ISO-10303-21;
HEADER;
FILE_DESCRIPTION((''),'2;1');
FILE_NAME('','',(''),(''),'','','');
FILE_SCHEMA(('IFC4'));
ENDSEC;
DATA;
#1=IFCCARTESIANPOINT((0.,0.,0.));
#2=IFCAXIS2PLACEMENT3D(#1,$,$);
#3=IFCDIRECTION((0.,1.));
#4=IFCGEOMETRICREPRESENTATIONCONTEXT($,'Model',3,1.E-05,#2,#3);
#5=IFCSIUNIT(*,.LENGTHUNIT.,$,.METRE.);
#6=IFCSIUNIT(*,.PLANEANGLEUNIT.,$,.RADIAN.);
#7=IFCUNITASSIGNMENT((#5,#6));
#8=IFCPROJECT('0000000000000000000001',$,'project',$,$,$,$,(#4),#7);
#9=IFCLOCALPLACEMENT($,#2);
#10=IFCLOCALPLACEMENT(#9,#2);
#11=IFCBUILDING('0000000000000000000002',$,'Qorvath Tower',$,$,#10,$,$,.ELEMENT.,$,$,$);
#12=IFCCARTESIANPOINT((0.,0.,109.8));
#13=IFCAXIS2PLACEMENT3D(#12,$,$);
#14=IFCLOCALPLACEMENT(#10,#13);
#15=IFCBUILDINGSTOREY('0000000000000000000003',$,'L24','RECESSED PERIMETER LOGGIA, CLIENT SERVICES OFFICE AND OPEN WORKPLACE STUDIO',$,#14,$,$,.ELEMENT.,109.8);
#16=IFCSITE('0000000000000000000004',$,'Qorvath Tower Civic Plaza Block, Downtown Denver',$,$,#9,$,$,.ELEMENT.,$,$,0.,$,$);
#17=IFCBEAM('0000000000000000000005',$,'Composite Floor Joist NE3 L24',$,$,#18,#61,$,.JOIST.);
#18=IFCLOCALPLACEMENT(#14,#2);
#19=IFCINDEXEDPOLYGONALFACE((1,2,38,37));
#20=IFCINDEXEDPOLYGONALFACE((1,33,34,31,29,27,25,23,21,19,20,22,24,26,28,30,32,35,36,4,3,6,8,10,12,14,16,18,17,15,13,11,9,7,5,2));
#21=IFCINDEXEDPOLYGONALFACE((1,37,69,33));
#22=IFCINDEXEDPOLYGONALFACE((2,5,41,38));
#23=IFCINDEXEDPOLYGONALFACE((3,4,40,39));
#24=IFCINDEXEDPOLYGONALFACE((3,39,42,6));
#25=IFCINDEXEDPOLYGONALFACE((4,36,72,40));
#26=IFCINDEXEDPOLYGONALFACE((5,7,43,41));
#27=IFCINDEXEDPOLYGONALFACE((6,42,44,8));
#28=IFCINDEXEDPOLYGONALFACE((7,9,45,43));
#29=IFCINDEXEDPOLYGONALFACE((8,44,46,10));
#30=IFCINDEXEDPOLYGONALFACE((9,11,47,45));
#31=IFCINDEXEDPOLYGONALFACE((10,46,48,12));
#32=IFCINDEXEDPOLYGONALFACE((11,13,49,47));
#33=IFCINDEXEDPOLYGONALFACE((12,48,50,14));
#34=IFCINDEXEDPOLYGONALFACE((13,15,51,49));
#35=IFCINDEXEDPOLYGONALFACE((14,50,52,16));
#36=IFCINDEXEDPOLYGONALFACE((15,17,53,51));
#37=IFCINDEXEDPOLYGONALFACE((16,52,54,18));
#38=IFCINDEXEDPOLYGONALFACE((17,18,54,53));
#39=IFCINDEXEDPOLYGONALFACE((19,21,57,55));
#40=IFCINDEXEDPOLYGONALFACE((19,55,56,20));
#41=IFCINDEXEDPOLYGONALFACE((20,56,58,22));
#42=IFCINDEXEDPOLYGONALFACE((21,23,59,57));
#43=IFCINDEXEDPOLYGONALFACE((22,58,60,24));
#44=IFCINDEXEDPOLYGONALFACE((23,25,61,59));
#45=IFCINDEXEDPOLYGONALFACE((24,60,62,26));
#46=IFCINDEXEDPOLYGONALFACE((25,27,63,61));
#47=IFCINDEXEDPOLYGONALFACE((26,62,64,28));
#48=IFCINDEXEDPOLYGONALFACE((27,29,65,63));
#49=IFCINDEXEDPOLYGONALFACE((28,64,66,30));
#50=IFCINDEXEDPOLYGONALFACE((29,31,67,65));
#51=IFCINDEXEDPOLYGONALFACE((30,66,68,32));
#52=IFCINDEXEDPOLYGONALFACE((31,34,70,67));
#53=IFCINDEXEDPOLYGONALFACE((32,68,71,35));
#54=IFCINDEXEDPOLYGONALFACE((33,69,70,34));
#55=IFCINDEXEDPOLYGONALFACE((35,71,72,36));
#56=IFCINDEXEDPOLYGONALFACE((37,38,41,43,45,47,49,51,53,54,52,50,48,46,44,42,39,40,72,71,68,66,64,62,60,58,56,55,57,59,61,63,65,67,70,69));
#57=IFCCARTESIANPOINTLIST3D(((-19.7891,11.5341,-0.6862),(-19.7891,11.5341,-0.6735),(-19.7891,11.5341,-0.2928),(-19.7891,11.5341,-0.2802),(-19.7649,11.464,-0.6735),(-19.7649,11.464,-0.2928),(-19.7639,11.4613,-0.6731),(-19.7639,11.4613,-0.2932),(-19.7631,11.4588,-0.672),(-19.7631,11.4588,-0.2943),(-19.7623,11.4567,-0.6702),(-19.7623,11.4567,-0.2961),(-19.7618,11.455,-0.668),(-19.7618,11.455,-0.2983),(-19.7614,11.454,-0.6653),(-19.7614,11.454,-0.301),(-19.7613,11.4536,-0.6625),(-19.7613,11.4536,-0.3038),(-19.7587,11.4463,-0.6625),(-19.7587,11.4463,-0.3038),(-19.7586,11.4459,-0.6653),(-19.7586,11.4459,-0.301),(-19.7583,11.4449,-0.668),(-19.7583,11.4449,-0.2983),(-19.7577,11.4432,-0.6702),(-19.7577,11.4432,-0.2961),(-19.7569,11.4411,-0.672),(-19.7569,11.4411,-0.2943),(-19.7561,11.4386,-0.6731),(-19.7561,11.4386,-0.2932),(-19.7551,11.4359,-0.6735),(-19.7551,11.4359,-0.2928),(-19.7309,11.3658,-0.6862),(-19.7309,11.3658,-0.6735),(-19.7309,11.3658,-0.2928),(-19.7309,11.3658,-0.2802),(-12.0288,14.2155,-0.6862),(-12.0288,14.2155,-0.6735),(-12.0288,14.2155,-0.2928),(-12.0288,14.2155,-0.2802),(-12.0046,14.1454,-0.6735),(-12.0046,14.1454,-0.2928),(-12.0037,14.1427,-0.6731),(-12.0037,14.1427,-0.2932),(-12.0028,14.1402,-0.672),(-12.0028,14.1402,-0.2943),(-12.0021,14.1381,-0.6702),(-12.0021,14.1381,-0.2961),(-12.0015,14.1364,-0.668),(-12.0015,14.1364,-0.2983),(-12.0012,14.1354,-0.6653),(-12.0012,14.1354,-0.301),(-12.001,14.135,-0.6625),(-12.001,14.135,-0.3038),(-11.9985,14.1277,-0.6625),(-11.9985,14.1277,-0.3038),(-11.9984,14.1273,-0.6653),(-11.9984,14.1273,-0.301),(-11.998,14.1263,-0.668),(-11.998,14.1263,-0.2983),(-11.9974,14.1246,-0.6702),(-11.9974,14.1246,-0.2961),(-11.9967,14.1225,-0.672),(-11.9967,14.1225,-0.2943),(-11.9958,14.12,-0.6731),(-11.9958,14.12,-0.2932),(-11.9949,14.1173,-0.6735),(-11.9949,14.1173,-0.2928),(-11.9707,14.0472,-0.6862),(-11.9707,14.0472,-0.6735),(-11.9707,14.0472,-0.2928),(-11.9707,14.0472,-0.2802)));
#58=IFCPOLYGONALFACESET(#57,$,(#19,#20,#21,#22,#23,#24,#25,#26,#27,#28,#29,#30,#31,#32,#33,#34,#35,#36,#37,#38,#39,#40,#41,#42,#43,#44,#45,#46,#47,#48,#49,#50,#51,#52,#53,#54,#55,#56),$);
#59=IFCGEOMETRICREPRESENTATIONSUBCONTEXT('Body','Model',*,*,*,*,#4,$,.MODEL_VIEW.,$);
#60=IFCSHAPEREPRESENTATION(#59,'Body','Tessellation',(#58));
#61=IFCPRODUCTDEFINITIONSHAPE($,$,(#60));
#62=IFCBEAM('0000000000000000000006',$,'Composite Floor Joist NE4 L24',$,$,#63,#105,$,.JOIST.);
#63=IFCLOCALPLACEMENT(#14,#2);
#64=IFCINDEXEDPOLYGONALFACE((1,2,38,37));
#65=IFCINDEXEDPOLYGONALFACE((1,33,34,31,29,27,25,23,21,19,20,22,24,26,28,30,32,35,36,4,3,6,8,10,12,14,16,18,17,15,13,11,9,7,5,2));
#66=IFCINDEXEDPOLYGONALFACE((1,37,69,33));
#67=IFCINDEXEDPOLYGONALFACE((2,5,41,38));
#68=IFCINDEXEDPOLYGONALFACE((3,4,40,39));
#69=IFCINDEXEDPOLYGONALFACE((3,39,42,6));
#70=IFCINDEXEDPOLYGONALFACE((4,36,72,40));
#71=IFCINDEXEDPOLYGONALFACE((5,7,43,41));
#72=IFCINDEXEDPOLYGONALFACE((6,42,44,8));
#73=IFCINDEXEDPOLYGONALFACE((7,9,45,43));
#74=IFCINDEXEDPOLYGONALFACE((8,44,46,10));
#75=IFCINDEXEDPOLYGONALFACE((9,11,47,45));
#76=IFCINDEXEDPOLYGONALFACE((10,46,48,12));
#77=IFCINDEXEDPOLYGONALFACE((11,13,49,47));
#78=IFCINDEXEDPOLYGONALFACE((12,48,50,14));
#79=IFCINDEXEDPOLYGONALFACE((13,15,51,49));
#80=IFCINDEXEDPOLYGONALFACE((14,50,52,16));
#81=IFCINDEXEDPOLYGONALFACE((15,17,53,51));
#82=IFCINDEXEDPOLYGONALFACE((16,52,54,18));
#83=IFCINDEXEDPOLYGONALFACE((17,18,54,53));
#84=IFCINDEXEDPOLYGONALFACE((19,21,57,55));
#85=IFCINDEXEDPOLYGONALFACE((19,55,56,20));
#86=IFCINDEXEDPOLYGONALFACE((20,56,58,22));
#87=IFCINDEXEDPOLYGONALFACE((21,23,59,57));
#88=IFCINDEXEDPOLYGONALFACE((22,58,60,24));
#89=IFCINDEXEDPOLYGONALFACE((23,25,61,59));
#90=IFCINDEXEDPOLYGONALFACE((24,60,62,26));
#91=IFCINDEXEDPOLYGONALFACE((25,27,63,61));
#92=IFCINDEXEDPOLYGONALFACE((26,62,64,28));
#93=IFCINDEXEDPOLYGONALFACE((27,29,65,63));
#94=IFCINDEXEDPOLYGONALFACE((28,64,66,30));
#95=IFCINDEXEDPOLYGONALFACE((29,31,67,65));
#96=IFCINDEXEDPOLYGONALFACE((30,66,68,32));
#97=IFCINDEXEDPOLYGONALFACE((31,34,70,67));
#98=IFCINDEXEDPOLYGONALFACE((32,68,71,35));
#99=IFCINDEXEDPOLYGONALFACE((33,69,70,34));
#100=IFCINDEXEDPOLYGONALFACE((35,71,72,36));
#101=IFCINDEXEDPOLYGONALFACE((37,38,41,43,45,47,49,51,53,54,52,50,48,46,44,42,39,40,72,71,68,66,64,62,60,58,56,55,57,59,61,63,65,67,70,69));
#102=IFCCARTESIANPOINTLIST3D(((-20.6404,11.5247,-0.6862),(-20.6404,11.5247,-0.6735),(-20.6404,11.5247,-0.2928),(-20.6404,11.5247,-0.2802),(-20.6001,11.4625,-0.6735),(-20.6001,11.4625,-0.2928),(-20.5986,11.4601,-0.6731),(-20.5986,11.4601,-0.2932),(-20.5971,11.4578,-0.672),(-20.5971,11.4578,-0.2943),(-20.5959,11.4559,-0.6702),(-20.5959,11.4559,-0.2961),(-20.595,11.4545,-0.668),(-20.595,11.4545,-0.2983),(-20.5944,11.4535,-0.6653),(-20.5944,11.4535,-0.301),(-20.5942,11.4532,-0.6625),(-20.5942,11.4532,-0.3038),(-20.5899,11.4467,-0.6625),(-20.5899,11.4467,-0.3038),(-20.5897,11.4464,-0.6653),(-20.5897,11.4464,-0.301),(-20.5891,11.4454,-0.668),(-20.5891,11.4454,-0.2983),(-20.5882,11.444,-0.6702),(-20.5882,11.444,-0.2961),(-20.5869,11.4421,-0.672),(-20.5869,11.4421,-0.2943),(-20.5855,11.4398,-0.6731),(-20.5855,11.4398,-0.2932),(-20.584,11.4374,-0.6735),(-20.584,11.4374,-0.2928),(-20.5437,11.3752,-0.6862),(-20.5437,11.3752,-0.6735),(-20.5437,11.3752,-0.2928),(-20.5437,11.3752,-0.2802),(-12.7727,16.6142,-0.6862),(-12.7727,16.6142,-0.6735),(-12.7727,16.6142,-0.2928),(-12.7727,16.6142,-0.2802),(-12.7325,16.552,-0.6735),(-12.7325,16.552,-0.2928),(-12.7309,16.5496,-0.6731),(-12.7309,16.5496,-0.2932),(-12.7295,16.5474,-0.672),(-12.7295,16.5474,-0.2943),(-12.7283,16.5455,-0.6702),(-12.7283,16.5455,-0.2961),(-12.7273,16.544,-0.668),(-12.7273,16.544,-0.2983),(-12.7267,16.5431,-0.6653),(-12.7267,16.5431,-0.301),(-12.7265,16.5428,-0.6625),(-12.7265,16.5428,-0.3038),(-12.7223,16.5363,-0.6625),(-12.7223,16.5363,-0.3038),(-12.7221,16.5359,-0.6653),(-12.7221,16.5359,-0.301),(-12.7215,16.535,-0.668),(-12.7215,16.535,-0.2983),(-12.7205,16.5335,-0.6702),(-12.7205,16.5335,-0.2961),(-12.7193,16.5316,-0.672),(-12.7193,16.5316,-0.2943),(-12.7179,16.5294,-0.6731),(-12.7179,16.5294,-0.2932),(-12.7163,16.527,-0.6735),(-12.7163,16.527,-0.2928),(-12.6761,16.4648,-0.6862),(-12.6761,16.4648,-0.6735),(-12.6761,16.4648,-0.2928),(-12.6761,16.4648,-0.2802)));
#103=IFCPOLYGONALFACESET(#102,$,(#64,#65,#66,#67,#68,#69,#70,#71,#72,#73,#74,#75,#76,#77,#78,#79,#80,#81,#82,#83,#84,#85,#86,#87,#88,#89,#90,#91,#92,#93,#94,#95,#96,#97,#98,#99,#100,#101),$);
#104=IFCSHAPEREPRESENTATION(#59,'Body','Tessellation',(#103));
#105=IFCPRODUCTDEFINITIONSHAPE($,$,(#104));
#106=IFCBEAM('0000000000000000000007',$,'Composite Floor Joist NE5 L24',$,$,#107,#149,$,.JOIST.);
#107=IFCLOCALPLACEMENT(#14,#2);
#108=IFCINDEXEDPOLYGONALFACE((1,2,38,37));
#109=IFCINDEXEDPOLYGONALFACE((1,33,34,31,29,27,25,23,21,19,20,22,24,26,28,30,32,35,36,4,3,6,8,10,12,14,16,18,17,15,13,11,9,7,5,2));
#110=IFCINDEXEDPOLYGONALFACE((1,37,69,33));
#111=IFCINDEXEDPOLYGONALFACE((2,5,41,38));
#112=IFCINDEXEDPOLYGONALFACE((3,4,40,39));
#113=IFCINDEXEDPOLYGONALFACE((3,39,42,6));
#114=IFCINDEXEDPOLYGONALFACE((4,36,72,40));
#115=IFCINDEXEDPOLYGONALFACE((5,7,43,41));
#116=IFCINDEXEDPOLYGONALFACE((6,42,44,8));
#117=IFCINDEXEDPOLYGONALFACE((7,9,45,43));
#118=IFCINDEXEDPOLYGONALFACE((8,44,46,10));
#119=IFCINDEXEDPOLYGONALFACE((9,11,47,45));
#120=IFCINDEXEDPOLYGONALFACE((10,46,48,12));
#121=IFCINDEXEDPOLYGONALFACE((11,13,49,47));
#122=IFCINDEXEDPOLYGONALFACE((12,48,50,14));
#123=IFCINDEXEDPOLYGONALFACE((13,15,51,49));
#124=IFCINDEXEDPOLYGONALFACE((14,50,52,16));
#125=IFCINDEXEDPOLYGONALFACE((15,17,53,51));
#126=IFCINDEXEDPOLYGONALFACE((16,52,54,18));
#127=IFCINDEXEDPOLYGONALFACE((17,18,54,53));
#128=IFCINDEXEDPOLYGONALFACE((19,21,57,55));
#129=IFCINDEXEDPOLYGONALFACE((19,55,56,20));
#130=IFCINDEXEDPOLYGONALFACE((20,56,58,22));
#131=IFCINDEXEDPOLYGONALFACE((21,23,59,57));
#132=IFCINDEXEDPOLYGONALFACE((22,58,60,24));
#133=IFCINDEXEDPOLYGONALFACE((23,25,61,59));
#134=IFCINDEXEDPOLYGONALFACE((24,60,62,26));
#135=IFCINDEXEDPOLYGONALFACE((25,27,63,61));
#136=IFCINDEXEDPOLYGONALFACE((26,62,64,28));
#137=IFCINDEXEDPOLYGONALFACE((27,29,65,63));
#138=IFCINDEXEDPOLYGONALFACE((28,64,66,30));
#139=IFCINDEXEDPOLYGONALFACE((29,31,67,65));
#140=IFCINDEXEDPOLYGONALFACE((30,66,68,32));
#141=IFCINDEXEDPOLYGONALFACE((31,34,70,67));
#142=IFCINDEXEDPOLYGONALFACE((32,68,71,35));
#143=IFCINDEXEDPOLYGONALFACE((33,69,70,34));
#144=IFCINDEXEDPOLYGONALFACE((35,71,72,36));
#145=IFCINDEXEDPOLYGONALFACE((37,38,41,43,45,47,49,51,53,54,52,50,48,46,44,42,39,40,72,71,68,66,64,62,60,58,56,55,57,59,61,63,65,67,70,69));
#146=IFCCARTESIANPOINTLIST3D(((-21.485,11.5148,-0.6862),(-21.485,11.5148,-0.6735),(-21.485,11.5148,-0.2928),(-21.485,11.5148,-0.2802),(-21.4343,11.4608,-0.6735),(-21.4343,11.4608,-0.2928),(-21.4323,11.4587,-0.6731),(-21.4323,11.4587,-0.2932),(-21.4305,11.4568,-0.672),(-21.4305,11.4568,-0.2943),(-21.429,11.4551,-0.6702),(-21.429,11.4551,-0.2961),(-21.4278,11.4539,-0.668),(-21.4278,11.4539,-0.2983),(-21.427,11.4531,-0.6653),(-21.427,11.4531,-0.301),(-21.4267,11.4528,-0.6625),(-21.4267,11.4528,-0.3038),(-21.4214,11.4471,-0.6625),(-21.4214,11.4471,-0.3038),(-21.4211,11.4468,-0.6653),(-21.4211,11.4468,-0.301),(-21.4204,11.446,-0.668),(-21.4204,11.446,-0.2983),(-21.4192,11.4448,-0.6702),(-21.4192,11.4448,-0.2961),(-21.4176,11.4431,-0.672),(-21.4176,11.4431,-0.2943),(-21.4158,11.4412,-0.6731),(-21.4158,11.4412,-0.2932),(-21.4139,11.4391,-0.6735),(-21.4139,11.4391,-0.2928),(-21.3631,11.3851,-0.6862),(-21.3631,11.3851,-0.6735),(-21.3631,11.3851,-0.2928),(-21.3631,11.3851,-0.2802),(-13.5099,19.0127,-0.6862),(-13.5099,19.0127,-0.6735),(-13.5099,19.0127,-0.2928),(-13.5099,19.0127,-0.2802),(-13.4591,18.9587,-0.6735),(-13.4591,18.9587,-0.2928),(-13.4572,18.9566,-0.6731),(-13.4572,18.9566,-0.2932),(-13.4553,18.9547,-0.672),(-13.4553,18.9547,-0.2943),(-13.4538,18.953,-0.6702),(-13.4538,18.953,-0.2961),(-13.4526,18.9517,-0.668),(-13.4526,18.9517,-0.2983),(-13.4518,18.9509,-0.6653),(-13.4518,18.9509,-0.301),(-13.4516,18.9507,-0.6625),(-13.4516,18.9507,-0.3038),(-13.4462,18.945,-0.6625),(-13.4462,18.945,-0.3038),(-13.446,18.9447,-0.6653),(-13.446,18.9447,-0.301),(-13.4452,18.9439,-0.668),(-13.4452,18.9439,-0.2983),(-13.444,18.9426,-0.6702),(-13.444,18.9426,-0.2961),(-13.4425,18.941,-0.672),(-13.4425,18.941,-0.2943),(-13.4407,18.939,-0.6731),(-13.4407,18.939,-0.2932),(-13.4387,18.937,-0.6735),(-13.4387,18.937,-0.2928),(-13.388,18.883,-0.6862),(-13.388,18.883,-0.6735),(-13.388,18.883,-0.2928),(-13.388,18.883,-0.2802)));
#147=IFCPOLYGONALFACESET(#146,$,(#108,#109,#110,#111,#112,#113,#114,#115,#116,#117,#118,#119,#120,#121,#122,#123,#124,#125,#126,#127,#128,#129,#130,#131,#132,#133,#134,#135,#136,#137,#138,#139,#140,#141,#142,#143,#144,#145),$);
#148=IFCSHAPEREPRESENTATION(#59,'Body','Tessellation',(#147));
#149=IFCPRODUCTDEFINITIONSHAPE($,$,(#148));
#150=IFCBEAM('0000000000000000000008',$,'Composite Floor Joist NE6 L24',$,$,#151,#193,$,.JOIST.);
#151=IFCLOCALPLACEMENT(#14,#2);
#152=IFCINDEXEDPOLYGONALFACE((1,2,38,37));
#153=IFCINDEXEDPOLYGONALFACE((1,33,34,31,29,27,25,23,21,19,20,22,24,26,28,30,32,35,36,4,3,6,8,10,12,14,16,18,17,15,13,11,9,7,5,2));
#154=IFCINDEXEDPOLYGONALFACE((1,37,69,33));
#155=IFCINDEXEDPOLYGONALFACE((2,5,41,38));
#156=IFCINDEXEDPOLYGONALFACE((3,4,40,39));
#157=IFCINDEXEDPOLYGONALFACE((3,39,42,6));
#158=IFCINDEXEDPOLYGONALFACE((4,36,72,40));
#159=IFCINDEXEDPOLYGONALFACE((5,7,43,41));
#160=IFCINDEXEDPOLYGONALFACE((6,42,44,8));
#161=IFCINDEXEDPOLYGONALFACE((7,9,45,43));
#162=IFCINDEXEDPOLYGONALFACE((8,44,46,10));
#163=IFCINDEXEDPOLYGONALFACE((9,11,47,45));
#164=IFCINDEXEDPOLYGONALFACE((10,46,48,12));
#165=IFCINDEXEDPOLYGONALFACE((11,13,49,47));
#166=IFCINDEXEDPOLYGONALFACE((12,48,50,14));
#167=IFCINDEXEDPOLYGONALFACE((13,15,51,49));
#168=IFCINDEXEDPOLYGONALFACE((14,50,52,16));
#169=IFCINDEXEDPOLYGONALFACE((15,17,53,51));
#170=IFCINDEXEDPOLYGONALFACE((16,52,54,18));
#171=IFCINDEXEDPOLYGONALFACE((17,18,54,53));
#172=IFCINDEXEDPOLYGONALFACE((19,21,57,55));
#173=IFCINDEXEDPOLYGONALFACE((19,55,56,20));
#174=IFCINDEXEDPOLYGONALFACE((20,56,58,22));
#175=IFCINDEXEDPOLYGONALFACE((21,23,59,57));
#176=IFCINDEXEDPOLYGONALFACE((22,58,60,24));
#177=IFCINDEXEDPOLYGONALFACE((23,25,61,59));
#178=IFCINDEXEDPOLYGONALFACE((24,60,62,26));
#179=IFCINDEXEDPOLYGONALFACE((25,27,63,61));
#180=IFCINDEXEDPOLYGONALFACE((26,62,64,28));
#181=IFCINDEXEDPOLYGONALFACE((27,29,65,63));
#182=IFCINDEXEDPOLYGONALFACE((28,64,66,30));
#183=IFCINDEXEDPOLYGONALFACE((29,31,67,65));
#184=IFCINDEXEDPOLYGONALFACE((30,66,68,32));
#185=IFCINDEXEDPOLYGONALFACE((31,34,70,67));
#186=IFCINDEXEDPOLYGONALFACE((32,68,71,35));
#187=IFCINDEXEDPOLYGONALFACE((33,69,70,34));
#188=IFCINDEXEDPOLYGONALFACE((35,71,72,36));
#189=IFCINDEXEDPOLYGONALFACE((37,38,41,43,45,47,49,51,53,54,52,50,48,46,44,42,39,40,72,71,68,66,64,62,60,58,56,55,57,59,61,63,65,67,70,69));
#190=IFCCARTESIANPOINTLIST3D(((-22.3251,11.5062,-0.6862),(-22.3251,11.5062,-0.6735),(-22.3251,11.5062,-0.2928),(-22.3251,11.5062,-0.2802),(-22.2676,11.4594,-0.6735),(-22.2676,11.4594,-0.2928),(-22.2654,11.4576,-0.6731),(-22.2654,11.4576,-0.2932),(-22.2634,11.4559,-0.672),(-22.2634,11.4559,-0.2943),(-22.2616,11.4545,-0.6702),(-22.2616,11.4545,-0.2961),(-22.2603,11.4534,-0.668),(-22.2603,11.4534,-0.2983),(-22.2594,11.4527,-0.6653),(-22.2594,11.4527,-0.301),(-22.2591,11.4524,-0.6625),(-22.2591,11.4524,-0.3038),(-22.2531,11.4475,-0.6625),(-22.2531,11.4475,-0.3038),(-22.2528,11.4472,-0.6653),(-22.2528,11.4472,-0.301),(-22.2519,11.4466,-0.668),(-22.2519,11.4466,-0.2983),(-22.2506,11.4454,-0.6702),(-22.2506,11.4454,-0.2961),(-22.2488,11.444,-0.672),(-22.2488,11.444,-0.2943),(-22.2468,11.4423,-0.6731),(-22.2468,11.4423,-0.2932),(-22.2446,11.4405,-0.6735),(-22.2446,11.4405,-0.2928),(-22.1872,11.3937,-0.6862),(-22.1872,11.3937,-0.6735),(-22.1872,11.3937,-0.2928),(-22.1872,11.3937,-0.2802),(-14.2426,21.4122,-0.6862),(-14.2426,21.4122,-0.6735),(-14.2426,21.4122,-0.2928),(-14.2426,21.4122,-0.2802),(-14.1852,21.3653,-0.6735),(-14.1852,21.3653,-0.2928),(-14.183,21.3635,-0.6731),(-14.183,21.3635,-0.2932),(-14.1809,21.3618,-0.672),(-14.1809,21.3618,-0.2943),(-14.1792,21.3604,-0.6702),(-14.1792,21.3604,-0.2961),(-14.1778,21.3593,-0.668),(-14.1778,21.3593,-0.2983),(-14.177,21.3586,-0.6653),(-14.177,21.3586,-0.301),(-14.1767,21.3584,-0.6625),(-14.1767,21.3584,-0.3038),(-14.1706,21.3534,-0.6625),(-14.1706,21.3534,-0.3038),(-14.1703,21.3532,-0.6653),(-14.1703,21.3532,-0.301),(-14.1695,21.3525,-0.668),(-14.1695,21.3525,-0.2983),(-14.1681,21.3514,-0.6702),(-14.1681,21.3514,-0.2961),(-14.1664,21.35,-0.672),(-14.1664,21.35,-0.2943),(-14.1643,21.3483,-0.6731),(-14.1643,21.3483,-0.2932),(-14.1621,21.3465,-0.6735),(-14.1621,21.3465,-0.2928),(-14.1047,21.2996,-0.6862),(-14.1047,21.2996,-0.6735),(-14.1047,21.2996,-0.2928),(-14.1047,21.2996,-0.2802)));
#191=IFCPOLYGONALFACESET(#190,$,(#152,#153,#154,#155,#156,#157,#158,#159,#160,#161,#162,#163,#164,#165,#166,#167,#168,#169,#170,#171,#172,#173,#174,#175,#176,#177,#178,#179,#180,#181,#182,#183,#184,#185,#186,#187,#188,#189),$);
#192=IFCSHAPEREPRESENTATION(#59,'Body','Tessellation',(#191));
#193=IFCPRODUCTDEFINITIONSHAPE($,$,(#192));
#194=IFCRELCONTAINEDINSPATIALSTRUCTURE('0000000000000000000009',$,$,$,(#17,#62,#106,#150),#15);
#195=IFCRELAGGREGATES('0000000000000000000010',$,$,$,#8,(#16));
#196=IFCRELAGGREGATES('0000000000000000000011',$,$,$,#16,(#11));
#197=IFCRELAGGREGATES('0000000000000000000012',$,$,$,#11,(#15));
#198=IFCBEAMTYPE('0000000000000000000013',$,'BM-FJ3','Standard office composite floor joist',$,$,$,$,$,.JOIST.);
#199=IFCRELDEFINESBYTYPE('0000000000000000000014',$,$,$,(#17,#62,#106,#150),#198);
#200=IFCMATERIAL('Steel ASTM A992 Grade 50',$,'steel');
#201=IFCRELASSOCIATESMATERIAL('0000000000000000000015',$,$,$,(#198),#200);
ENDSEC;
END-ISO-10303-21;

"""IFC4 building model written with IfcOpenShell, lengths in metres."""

from ifc_helpers import new_model, si_unit, direction, frame, origin, origin_2d, place, context, subcontext, project, spatial, i_section, extrude, material, material_profile, profile_set, type_object, element, save


model = new_model("IFC4")

# Units and contexts
model_context = context("Model", 3, precision=1e-05, world=origin(), true_north=direction((0.0, 1.0)))
body_context = subcontext(model_context, "Body", "Model", "MODEL_VIEW")
ifc_project = project(units=[si_unit("LENGTHUNIT", "METRE"), si_unit("PLANEANGLEUNIT", "RADIAN")], contexts=[model_context])

# Site, building, storey
site_placement = place(None, origin())
site = spatial("IfcSite", under=ifc_project, at=site_placement, Name="Qorvath Tower Civic Plaza Block, Downtown Denver", CompositionType="ELEMENT", RefElevation=0.0)
building_placement = place(site_placement, origin())
building = spatial("IfcBuilding", under=site, at=building_placement, Name="Qorvath Tower", CompositionType="ELEMENT")
storey_placement = place(building_placement, frame((0.0, 0.0, 109.8)))
storey = spatial("IfcBuildingStorey", under=building, at=storey_placement, Name="L24", Description="RECESSED PERIMETER LOGGIA, CLIENT SERVICES OFFICE AND OPEN WORKPLACE STUDIO", CompositionType="ELEMENT", Elevation=109.8)

# Beams
ifc_material_1 = material(Name="Steel ASTM A992 Grade 50", Category="steel")
ifc_material_profile_1 = material_profile(ifc_material_1, i_section(OverallWidth=0.178, OverallDepth=0.406, WebThickness=0.0078, FlangeThickness=0.0127, FilletRadius=0.011, at=origin_2d()), Name="W16x40")
ifc_profile_set_1 = profile_set([ifc_material_profile_1], Name="Steel ASTM A992 Grade 50")
beam_type_1 = type_object("IfcBeamType", Name="BM-FJ3", Description="Standard office composite floor joist", PredefinedType="JOIST", material=ifc_profile_set_1)
beam_1_placement = place(storey_placement, frame((-19.76, 11.45, -0.4832), z_axis=(0.945168, 0.326584, 0.0), x_axis=(-0.326584, 0.945168, 0.0)))
element("IfcBeam", 1, at=beam_1_placement, inside=storey, type_object=beam_type_1, Name="Composite Floor Joist NE3 L24", PredefinedType="JOIST", context=body_context, shape_type="SweptSolid", body=[
    extrude(i_section(OverallWidth=0.178, OverallDepth=0.406, WebThickness=0.0078, FlangeThickness=0.0127, FilletRadius=0.011, at=origin_2d()), origin(), (0.0, 0.0, 1.0), 8.2104),
])
beam_2_placement = place(storey_placement, frame((-20.592, 11.45, -0.4832), z_axis=(0.839631, 0.543157, 0.0), x_axis=(-0.543157, 0.839631, 0.0)))
element("IfcBeam", 2, at=beam_2_placement, inside=storey, type_object=beam_type_1, Name="Composite Floor Joist NE4 L24", PredefinedType="JOIST", context=body_context, shape_type="SweptSolid", body=[
    extrude(i_section(OverallWidth=0.178, OverallDepth=0.406, WebThickness=0.0078, FlangeThickness=0.0127, FilletRadius=0.011, at=origin_2d()), origin(), (0.0, 0.0, 1.0), 9.3704),
])
beam_3_placement = place(storey_placement, frame((-21.4241, 11.45, -0.4832), z_axis=(0.728572, 0.684969, 0.0), x_axis=(-0.684969, 0.728572, 0.0)))
element("IfcBeam", 3, at=beam_3_placement, inside=storey, type_object=beam_type_1, Name="Composite Floor Joist NE5 L24", PredefinedType="JOIST", context=body_context, shape_type="SweptSolid", body=[
    extrude(i_section(OverallWidth=0.178, OverallDepth=0.406, WebThickness=0.0078, FlangeThickness=0.0127, FilletRadius=0.011, at=origin_2d()), origin(), (0.0, 0.0, 1.0), 10.9463),
])
beam_4_placement = place(storey_placement, frame((-22.2561, 11.45, -0.4832), z_axis=(0.632188, 0.774815, 0.0), x_axis=(-0.774815, 0.632188, 0.0)))
element("IfcBeam", 4, at=beam_4_placement, inside=storey, type_object=beam_type_1, Name="Composite Floor Joist NE6 L24", PredefinedType="JOIST", context=body_context, shape_type="SweptSolid", body=[
    extrude(i_section(OverallWidth=0.178, OverallDepth=0.406, WebThickness=0.0078, FlangeThickness=0.0127, FilletRadius=0.011, at=origin_2d()), origin(), (0.0, 0.0, 1.0), 12.7849),
])

save(model, "model.ifc")
